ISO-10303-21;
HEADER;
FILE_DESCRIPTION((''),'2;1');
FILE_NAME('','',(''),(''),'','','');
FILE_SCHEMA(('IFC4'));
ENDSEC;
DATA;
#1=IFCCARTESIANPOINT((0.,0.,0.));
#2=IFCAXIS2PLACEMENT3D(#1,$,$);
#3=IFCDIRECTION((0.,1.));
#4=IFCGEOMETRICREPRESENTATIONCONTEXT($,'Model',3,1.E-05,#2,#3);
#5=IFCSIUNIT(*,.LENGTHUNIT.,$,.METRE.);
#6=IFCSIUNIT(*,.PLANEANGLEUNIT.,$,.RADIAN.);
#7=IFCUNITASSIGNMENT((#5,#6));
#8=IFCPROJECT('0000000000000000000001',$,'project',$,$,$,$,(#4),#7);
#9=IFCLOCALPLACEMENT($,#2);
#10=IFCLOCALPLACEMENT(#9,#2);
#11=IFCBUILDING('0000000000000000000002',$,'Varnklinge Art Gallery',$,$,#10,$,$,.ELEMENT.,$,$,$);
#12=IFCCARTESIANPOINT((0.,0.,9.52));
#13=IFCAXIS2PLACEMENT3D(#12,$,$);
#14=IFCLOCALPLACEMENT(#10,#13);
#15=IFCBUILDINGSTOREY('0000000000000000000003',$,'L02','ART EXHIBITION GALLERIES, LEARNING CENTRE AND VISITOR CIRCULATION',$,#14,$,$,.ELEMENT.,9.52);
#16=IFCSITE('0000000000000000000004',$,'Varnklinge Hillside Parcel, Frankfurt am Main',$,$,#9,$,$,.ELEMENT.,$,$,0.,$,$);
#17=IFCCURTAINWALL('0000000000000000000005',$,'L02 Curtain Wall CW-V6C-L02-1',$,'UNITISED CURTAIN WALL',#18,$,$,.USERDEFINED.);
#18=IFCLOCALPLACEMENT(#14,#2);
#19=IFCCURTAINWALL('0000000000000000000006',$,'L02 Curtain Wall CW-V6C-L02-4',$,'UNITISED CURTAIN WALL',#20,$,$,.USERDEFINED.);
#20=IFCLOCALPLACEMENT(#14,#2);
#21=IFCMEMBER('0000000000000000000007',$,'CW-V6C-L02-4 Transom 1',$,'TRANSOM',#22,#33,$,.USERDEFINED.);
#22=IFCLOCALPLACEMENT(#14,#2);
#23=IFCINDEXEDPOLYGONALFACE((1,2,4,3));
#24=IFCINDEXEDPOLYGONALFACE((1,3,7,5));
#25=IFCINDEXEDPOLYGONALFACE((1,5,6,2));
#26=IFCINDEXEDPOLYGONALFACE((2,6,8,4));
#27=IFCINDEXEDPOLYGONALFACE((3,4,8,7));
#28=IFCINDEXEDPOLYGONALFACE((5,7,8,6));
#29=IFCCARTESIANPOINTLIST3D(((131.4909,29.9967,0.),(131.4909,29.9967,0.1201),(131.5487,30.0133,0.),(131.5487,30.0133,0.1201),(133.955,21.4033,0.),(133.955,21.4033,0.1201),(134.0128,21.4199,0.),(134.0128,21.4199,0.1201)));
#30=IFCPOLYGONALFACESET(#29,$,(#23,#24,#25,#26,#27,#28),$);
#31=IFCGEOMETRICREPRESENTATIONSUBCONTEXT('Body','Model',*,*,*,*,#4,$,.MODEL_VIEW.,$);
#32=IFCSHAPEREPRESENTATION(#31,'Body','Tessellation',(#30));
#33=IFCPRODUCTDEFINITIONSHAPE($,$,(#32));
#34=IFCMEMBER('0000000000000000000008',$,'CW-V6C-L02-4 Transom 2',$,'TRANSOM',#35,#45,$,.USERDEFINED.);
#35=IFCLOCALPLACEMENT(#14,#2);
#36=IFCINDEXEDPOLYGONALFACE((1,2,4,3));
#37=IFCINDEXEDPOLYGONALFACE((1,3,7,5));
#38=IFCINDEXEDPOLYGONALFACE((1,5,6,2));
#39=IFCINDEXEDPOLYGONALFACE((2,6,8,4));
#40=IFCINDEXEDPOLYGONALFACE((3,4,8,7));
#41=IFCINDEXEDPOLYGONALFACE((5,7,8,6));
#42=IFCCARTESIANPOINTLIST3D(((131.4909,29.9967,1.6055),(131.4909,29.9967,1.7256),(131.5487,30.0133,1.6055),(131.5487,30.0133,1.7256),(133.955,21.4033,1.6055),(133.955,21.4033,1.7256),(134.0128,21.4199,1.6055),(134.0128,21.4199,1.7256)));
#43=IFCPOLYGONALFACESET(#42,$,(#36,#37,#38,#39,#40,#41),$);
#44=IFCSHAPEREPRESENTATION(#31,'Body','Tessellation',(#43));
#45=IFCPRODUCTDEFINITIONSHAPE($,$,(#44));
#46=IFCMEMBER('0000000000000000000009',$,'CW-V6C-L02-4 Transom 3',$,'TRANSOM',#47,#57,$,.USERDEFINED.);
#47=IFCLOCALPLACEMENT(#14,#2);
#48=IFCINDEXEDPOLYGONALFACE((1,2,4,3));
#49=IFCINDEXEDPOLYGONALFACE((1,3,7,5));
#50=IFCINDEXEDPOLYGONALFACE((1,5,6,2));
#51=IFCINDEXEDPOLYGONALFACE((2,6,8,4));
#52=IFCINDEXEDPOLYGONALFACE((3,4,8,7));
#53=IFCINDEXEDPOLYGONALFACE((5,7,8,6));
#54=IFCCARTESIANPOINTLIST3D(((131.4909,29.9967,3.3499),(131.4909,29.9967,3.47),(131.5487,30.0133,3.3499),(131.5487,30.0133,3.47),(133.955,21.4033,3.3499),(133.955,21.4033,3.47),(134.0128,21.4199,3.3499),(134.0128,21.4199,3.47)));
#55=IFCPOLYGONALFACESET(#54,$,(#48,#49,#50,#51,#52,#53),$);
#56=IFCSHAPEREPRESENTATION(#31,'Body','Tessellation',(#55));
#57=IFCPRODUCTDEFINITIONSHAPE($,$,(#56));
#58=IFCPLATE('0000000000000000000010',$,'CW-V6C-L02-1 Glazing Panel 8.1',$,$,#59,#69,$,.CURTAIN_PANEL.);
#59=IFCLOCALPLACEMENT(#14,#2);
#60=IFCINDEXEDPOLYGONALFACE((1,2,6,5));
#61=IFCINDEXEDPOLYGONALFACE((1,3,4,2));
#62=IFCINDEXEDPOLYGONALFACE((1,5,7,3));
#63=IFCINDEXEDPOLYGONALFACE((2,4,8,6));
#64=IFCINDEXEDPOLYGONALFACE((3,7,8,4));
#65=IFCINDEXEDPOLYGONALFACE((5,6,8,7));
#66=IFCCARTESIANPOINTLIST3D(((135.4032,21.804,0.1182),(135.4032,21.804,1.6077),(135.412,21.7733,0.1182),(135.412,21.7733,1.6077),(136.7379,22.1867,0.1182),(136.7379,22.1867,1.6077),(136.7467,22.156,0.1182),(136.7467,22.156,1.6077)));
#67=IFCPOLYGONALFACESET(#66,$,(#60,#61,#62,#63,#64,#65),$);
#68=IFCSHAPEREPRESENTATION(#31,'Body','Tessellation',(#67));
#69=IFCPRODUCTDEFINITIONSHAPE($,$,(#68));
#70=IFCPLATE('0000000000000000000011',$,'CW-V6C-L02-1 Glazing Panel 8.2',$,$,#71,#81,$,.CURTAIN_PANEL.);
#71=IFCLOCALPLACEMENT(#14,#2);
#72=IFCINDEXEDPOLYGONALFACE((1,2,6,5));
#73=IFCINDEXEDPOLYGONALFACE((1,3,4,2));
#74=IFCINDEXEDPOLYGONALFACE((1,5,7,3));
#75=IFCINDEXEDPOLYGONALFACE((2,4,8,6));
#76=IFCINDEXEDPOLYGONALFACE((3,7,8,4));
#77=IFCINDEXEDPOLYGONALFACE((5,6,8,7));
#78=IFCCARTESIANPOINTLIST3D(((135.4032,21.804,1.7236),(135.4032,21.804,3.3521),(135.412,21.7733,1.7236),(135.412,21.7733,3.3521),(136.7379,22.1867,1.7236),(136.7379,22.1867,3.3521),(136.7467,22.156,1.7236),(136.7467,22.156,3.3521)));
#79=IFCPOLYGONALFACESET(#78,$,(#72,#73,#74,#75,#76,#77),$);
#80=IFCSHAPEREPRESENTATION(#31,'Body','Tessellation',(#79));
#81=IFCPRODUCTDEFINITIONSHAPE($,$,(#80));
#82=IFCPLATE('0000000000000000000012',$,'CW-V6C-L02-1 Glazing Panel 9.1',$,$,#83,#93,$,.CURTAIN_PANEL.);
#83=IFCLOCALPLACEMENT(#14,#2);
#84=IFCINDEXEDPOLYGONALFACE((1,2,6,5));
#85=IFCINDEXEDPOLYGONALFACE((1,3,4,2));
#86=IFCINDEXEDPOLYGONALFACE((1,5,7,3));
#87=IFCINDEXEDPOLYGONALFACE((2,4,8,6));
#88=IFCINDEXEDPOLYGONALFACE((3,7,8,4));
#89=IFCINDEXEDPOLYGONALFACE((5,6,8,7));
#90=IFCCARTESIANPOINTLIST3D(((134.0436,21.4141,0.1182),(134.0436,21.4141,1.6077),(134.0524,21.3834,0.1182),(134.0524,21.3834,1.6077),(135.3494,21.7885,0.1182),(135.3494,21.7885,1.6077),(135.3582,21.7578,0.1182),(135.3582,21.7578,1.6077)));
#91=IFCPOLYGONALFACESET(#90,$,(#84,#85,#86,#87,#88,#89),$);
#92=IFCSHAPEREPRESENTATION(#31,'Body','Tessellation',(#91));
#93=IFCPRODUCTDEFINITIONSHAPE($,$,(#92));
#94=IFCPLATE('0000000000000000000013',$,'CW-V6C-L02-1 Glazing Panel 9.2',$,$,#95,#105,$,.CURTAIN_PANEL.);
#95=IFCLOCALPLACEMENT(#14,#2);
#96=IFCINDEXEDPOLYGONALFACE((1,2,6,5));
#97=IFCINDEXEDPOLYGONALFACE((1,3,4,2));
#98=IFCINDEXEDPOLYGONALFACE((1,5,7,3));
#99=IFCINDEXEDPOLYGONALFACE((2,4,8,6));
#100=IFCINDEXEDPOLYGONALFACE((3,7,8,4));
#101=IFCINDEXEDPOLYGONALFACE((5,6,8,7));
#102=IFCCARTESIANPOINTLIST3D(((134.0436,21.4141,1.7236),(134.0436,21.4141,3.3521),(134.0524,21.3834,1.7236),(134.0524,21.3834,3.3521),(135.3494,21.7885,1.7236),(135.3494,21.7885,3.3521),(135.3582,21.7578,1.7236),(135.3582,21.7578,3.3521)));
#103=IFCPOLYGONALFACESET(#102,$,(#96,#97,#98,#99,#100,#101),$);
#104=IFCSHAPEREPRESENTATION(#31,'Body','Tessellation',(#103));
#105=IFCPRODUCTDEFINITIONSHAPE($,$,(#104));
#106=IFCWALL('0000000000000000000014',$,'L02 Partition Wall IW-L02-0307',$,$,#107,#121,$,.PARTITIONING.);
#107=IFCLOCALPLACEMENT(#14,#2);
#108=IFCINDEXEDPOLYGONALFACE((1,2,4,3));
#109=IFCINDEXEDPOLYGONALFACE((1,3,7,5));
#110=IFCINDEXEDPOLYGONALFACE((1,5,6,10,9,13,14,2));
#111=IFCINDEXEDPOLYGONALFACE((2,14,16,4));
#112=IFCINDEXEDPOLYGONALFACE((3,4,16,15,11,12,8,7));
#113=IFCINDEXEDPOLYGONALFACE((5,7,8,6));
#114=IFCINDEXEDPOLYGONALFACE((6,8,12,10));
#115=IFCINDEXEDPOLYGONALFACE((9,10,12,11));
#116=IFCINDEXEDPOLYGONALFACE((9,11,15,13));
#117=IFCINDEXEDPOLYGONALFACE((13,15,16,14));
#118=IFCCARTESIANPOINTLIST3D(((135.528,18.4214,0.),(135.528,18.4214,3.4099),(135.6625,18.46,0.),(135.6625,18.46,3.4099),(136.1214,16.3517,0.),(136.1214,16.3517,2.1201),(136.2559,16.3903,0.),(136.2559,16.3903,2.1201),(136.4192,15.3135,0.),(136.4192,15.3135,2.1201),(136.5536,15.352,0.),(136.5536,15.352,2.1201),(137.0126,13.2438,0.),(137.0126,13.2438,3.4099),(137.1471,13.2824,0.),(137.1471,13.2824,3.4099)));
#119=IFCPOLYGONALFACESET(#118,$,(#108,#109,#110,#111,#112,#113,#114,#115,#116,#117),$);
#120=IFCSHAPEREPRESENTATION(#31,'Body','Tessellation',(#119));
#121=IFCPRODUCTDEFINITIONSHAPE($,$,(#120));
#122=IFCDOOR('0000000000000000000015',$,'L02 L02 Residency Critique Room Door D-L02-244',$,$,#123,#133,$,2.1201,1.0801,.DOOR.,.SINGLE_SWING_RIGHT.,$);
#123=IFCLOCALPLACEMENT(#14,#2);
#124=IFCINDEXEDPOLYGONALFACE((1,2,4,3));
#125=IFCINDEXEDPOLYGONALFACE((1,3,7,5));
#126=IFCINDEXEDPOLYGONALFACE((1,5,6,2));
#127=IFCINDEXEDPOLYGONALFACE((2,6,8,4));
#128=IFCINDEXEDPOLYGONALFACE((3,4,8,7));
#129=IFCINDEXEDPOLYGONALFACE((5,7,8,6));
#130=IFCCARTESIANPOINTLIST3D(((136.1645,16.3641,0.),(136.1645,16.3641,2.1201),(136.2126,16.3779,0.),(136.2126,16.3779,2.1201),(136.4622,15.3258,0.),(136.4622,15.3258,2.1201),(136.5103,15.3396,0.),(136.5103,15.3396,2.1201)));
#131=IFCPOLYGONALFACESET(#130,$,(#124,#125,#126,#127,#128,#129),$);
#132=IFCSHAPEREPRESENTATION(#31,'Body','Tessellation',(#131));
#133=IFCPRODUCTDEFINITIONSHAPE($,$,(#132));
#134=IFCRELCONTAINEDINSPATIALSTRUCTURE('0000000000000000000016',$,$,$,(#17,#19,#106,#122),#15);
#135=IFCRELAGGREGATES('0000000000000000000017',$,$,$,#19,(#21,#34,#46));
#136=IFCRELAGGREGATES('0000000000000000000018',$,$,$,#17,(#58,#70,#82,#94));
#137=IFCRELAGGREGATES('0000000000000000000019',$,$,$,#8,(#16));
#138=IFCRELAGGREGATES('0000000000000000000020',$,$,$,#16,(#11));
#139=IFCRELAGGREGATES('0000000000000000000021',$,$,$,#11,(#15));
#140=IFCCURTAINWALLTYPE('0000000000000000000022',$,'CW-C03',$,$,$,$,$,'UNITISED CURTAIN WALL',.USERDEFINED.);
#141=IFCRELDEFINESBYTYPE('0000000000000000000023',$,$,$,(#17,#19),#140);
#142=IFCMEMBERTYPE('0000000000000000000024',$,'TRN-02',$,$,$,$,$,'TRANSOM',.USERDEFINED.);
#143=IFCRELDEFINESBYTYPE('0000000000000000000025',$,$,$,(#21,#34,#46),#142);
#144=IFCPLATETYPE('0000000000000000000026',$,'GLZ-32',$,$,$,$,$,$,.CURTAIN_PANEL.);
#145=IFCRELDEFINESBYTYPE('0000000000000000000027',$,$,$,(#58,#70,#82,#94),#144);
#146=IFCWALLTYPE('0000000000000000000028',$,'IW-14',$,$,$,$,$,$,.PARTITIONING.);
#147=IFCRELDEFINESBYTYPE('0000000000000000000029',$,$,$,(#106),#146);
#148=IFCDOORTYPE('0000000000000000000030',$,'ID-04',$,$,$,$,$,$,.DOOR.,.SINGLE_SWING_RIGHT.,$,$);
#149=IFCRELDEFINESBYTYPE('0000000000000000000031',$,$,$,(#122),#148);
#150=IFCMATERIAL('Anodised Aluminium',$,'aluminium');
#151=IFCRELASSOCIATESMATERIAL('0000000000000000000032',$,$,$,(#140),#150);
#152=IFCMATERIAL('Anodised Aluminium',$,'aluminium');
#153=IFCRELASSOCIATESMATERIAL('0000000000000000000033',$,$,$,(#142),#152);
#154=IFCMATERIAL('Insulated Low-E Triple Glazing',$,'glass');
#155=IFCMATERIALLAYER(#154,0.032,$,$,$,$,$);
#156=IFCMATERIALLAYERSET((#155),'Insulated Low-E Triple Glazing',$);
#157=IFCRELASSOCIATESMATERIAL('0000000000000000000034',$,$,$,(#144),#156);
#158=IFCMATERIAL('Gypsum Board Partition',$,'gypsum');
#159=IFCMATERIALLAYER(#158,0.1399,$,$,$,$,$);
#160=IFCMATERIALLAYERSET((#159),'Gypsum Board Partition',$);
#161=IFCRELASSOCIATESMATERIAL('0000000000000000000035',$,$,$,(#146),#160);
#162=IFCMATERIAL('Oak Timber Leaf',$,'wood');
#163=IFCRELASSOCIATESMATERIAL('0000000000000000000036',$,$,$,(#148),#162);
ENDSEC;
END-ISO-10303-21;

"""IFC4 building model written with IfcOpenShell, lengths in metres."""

from ifc_helpers import new_model, si_unit, direction, frame, frame_2d, origin, origin_2d, place, context, subcontext, project, spatial, rectangle, extrude, material, layer, layer_set, material_profile, profile_set, type_object, element, fill, aggregate, save


model = new_model("IFC4")

# Units and contexts
model_context = context("Model", 3, precision=1e-05, world=origin(), true_north=direction((0.0, 1.0)))
body_context = subcontext(model_context, "Body", "Model", "MODEL_VIEW")
ifc_project = project(units=[si_unit("LENGTHUNIT", "METRE"), si_unit("PLANEANGLEUNIT", "RADIAN")], contexts=[model_context])

# Site, building, storey
site_placement = place(None, origin())
site = spatial("IfcSite", under=ifc_project, at=site_placement, Name="Varnklinge Hillside Parcel, Frankfurt am Main", CompositionType="ELEMENT", RefElevation=0.0)
building_placement = place(site_placement, origin())
building = spatial("IfcBuilding", under=site, at=building_placement, Name="Varnklinge Art Gallery", CompositionType="ELEMENT")
storey_placement = place(building_placement, frame((0.0, 0.0, 9.52)))
storey = spatial("IfcBuildingStorey", under=building, at=storey_placement, Name="L02", Description="ART EXHIBITION GALLERIES, LEARNING CENTRE AND VISITOR CIRCULATION", CompositionType="ELEMENT", Elevation=9.52)

# Curtain walls, members
ifc_material_1 = material(Name="Anodised Aluminium", Category="aluminium")
curtain_wall_type = type_object("IfcCurtainWallType", Name="CW-C03", ElementType="UNITISED CURTAIN WALL", PredefinedType="USERDEFINED", material=ifc_material_1)
curtain_wall_1_placement = place(storey_placement, origin())
curtain_wall_1 = element("IfcCurtainWall", 1, at=curtain_wall_1_placement, inside=storey, type_object=curtain_wall_type, Name="L02 Curtain Wall CW-V6C-L02-1", ObjectType="UNITISED CURTAIN WALL", PredefinedType="USERDEFINED")
curtain_wall_2_placement = place(storey_placement, origin())
curtain_wall_2 = element("IfcCurtainWall", 2, at=curtain_wall_2_placement, inside=storey, type_object=curtain_wall_type, Name="L02 Curtain Wall CW-V6C-L02-4", ObjectType="UNITISED CURTAIN WALL", PredefinedType="USERDEFINED")
ifc_material_2 = material(Name="Anodised Aluminium", Category="aluminium")
ifc_material_profile_1 = material_profile(ifc_material_2, rectangle(XDim=0.0601, YDim=0.1201, at=origin_2d()), Name="ALU 60x120")
ifc_profile_set_1 = profile_set([ifc_material_profile_1], Name="Anodised Aluminium")
member_type_1 = type_object("IfcMemberType", Name="TRN-02", ElementType="TRANSOM", PredefinedType="USERDEFINED", material=ifc_profile_set_1)
member_1_placement = place(storey_placement, frame((133.9839, 21.4116, 0.0601), z_axis=(-0.275634, 0.961263, 0.0), x_axis=(-0.961263, -0.275634, 0.0)))
member_1 = element("IfcMember", 3, at=member_1_placement, type_object=member_type_1, Name="CW-V6C-L02-4 Transom 1", ObjectType="TRANSOM", PredefinedType="USERDEFINED", context=body_context, shape_type="SweptSolid", body=[
    extrude(rectangle(XDim=0.0601, YDim=0.1201, at=origin_2d()), origin(), (0.0, 0.0, 1.0), 8.9397),
])
member_2_placement = place(storey_placement, frame((133.9839, 21.4116, 1.6655), z_axis=(-0.275634, 0.961263, 0.0), x_axis=(-0.961263, -0.275634, 0.0)))
member_2 = element("IfcMember", 4, at=member_2_placement, type_object=member_type_1, Name="CW-V6C-L02-4 Transom 2", ObjectType="TRANSOM", PredefinedType="USERDEFINED", context=body_context, shape_type="SweptSolid", body=[
    extrude(rectangle(XDim=0.0601, YDim=0.1201, at=origin_2d()), origin(), (0.0, 0.0, 1.0), 8.9397),
])
member_3_placement = place(storey_placement, frame((133.9839, 21.4116, 3.4099), z_axis=(-0.275634, 0.961263, 0.0), x_axis=(-0.961263, -0.275634, 0.0)))
member_3 = element("IfcMember", 5, at=member_3_placement, type_object=member_type_1, Name="CW-V6C-L02-4 Transom 3", ObjectType="TRANSOM", PredefinedType="USERDEFINED", context=body_context, shape_type="SweptSolid", body=[
    extrude(rectangle(XDim=0.0601, YDim=0.1201, at=origin_2d()), origin(), (0.0, 0.0, 1.0), 8.9397),
])
aggregate(curtain_wall_2, [member_1, member_2, member_3])

# Plates
ifc_material_3 = material(Name="Insulated Low-E Triple Glazing", Category="glass")
ifc_layer_1 = layer(ifc_material_3, 0.032)
ifc_layer_set_1 = layer_set([ifc_layer_1], Name="Insulated Low-E Triple Glazing")
plate_type = type_object("IfcPlateType", Name="GLZ-32", PredefinedType="CURTAIN_PANEL", material=ifc_layer_set_1)
plate_1_placement = place(storey_placement, frame((136.075, 21.98, 0.1182), z_axis=(0.0, 0.0, 1.0), x_axis=(-0.961262, -0.275637, 0.0)))
plate_1 = element("IfcPlate", 6, at=plate_1_placement, type_object=plate_type, Name="CW-V6C-L02-1 Glazing Panel 8.1", PredefinedType="CURTAIN_PANEL", context=body_context, shape_type="SweptSolid", body=[
    extrude(rectangle(XDim=1.3884, YDim=0.032, at=origin_2d()), origin(), (0.0, 0.0, 1.0), 1.4895),
])
plate_2_placement = place(storey_placement, frame((136.075, 21.98, 1.7236), z_axis=(0.0, 0.0, 1.0), x_axis=(-0.961262, -0.275637, 0.0)))
plate_2 = element("IfcPlate", 7, at=plate_2_placement, type_object=plate_type, Name="CW-V6C-L02-1 Glazing Panel 8.2", PredefinedType="CURTAIN_PANEL", context=body_context, shape_type="SweptSolid", body=[
    extrude(rectangle(XDim=1.3884, YDim=0.032, at=origin_2d()), origin(), (0.0, 0.0, 1.0), 1.6284),
])
plate_3_placement = place(storey_placement, frame((134.7009, 21.5859, 0.1182), z_axis=(0.0, 0.0, 1.0), x_axis=(-0.961262, -0.275637, 0.0)))
plate_3 = element("IfcPlate", 8, at=plate_3_placement, type_object=plate_type, Name="CW-V6C-L02-1 Glazing Panel 9.1", PredefinedType="CURTAIN_PANEL", context=body_context, shape_type="SweptSolid", body=[
    extrude(rectangle(XDim=1.3584, YDim=0.032, at=origin_2d()), origin(), (0.0, 0.0, 1.0), 1.4895),
])
plate_4_placement = place(storey_placement, frame((134.7009, 21.5859, 1.7236), z_axis=(0.0, 0.0, 1.0), x_axis=(-0.961262, -0.275637, 0.0)))
plate_4 = element("IfcPlate", 9, at=plate_4_placement, type_object=plate_type, Name="CW-V6C-L02-1 Glazing Panel 9.2", PredefinedType="CURTAIN_PANEL", context=body_context, shape_type="SweptSolid", body=[
    extrude(rectangle(XDim=1.3584, YDim=0.032, at=origin_2d()), origin(), (0.0, 0.0, 1.0), 1.6284),
])
aggregate(curtain_wall_1, [plate_1, plate_2, plate_3, plate_4])

# Wall, opening, door
ifc_material_4 = material(Name="Gypsum Board Partition", Category="gypsum")
ifc_layer_2 = layer(ifc_material_4, 0.1399)
ifc_layer_set_2 = layer_set([ifc_layer_2], Name="Gypsum Board Partition")
wall_type = type_object("IfcWallType", Name="IW-14", PredefinedType="PARTITIONING", material=ifc_layer_set_2)
wall_placement = place(storey_placement, frame((135.5952, 18.4407, 0.0), z_axis=(0.0, 0.0, 1.0), x_axis=(0.275637, -0.961262, 0.0)))
wall = element("IfcWall", 10, at=wall_placement, inside=storey, type_object=wall_type, Name="L02 Partition Wall IW-L02-0307", PredefinedType="PARTITIONING", context=body_context, shape_type="SweptSolid", body=[
    extrude(rectangle(XDim=5.3862, YDim=0.1399, at=frame_2d((2.6931, 0.0))), origin(), (0.0, 0.0, 1.0), 3.4099),
])
opening_placement = place(wall_placement, frame((2.1531, 0.0, 0.0)))
opening = element("IfcOpeningElement", 11, at=opening_placement, cuts=wall, PredefinedType="OPENING", context=body_context, shape_type="SweptSolid", body=[
    extrude(rectangle(XDim=1.0801, YDim=2.1201, at=frame_2d((0.54, 1.0601))), frame((0.0, 0.0798, 0.0), z_axis=(0.0, -1.0, 0.0), x_axis=(1.0, 0.0, 0.0)), (0.0, 0.0, 1.0), 0.1599),
])
ifc_material_5 = material(Name="Oak Timber Leaf", Category="wood")
door_type = type_object("IfcDoorType", Name="ID-04", OperationType="SINGLE_SWING_RIGHT", PredefinedType="DOOR", material=ifc_material_5)
door_placement = place(opening_placement, origin())
door = element("IfcDoor", 12, at=door_placement, inside=storey, type_object=door_type, Name="L02 L02 Residency Critique Room Door D-L02-244", OperationType="SINGLE_SWING_RIGHT", OverallHeight=2.1201, OverallWidth=1.0801, PredefinedType="DOOR", context=body_context, shape_type="SweptSolid", body=[
    extrude(rectangle(XDim=1.0801, YDim=2.1201, at=frame_2d((0.54, 1.0601))), frame((0.0, 0.0249, 0.0), z_axis=(0.0, -1.0, 0.0), x_axis=(1.0, 0.0, 0.0)), (0.0, 0.0, 1.0), 0.05),
])
fill(opening, door)

save(model, "model.ifc")
